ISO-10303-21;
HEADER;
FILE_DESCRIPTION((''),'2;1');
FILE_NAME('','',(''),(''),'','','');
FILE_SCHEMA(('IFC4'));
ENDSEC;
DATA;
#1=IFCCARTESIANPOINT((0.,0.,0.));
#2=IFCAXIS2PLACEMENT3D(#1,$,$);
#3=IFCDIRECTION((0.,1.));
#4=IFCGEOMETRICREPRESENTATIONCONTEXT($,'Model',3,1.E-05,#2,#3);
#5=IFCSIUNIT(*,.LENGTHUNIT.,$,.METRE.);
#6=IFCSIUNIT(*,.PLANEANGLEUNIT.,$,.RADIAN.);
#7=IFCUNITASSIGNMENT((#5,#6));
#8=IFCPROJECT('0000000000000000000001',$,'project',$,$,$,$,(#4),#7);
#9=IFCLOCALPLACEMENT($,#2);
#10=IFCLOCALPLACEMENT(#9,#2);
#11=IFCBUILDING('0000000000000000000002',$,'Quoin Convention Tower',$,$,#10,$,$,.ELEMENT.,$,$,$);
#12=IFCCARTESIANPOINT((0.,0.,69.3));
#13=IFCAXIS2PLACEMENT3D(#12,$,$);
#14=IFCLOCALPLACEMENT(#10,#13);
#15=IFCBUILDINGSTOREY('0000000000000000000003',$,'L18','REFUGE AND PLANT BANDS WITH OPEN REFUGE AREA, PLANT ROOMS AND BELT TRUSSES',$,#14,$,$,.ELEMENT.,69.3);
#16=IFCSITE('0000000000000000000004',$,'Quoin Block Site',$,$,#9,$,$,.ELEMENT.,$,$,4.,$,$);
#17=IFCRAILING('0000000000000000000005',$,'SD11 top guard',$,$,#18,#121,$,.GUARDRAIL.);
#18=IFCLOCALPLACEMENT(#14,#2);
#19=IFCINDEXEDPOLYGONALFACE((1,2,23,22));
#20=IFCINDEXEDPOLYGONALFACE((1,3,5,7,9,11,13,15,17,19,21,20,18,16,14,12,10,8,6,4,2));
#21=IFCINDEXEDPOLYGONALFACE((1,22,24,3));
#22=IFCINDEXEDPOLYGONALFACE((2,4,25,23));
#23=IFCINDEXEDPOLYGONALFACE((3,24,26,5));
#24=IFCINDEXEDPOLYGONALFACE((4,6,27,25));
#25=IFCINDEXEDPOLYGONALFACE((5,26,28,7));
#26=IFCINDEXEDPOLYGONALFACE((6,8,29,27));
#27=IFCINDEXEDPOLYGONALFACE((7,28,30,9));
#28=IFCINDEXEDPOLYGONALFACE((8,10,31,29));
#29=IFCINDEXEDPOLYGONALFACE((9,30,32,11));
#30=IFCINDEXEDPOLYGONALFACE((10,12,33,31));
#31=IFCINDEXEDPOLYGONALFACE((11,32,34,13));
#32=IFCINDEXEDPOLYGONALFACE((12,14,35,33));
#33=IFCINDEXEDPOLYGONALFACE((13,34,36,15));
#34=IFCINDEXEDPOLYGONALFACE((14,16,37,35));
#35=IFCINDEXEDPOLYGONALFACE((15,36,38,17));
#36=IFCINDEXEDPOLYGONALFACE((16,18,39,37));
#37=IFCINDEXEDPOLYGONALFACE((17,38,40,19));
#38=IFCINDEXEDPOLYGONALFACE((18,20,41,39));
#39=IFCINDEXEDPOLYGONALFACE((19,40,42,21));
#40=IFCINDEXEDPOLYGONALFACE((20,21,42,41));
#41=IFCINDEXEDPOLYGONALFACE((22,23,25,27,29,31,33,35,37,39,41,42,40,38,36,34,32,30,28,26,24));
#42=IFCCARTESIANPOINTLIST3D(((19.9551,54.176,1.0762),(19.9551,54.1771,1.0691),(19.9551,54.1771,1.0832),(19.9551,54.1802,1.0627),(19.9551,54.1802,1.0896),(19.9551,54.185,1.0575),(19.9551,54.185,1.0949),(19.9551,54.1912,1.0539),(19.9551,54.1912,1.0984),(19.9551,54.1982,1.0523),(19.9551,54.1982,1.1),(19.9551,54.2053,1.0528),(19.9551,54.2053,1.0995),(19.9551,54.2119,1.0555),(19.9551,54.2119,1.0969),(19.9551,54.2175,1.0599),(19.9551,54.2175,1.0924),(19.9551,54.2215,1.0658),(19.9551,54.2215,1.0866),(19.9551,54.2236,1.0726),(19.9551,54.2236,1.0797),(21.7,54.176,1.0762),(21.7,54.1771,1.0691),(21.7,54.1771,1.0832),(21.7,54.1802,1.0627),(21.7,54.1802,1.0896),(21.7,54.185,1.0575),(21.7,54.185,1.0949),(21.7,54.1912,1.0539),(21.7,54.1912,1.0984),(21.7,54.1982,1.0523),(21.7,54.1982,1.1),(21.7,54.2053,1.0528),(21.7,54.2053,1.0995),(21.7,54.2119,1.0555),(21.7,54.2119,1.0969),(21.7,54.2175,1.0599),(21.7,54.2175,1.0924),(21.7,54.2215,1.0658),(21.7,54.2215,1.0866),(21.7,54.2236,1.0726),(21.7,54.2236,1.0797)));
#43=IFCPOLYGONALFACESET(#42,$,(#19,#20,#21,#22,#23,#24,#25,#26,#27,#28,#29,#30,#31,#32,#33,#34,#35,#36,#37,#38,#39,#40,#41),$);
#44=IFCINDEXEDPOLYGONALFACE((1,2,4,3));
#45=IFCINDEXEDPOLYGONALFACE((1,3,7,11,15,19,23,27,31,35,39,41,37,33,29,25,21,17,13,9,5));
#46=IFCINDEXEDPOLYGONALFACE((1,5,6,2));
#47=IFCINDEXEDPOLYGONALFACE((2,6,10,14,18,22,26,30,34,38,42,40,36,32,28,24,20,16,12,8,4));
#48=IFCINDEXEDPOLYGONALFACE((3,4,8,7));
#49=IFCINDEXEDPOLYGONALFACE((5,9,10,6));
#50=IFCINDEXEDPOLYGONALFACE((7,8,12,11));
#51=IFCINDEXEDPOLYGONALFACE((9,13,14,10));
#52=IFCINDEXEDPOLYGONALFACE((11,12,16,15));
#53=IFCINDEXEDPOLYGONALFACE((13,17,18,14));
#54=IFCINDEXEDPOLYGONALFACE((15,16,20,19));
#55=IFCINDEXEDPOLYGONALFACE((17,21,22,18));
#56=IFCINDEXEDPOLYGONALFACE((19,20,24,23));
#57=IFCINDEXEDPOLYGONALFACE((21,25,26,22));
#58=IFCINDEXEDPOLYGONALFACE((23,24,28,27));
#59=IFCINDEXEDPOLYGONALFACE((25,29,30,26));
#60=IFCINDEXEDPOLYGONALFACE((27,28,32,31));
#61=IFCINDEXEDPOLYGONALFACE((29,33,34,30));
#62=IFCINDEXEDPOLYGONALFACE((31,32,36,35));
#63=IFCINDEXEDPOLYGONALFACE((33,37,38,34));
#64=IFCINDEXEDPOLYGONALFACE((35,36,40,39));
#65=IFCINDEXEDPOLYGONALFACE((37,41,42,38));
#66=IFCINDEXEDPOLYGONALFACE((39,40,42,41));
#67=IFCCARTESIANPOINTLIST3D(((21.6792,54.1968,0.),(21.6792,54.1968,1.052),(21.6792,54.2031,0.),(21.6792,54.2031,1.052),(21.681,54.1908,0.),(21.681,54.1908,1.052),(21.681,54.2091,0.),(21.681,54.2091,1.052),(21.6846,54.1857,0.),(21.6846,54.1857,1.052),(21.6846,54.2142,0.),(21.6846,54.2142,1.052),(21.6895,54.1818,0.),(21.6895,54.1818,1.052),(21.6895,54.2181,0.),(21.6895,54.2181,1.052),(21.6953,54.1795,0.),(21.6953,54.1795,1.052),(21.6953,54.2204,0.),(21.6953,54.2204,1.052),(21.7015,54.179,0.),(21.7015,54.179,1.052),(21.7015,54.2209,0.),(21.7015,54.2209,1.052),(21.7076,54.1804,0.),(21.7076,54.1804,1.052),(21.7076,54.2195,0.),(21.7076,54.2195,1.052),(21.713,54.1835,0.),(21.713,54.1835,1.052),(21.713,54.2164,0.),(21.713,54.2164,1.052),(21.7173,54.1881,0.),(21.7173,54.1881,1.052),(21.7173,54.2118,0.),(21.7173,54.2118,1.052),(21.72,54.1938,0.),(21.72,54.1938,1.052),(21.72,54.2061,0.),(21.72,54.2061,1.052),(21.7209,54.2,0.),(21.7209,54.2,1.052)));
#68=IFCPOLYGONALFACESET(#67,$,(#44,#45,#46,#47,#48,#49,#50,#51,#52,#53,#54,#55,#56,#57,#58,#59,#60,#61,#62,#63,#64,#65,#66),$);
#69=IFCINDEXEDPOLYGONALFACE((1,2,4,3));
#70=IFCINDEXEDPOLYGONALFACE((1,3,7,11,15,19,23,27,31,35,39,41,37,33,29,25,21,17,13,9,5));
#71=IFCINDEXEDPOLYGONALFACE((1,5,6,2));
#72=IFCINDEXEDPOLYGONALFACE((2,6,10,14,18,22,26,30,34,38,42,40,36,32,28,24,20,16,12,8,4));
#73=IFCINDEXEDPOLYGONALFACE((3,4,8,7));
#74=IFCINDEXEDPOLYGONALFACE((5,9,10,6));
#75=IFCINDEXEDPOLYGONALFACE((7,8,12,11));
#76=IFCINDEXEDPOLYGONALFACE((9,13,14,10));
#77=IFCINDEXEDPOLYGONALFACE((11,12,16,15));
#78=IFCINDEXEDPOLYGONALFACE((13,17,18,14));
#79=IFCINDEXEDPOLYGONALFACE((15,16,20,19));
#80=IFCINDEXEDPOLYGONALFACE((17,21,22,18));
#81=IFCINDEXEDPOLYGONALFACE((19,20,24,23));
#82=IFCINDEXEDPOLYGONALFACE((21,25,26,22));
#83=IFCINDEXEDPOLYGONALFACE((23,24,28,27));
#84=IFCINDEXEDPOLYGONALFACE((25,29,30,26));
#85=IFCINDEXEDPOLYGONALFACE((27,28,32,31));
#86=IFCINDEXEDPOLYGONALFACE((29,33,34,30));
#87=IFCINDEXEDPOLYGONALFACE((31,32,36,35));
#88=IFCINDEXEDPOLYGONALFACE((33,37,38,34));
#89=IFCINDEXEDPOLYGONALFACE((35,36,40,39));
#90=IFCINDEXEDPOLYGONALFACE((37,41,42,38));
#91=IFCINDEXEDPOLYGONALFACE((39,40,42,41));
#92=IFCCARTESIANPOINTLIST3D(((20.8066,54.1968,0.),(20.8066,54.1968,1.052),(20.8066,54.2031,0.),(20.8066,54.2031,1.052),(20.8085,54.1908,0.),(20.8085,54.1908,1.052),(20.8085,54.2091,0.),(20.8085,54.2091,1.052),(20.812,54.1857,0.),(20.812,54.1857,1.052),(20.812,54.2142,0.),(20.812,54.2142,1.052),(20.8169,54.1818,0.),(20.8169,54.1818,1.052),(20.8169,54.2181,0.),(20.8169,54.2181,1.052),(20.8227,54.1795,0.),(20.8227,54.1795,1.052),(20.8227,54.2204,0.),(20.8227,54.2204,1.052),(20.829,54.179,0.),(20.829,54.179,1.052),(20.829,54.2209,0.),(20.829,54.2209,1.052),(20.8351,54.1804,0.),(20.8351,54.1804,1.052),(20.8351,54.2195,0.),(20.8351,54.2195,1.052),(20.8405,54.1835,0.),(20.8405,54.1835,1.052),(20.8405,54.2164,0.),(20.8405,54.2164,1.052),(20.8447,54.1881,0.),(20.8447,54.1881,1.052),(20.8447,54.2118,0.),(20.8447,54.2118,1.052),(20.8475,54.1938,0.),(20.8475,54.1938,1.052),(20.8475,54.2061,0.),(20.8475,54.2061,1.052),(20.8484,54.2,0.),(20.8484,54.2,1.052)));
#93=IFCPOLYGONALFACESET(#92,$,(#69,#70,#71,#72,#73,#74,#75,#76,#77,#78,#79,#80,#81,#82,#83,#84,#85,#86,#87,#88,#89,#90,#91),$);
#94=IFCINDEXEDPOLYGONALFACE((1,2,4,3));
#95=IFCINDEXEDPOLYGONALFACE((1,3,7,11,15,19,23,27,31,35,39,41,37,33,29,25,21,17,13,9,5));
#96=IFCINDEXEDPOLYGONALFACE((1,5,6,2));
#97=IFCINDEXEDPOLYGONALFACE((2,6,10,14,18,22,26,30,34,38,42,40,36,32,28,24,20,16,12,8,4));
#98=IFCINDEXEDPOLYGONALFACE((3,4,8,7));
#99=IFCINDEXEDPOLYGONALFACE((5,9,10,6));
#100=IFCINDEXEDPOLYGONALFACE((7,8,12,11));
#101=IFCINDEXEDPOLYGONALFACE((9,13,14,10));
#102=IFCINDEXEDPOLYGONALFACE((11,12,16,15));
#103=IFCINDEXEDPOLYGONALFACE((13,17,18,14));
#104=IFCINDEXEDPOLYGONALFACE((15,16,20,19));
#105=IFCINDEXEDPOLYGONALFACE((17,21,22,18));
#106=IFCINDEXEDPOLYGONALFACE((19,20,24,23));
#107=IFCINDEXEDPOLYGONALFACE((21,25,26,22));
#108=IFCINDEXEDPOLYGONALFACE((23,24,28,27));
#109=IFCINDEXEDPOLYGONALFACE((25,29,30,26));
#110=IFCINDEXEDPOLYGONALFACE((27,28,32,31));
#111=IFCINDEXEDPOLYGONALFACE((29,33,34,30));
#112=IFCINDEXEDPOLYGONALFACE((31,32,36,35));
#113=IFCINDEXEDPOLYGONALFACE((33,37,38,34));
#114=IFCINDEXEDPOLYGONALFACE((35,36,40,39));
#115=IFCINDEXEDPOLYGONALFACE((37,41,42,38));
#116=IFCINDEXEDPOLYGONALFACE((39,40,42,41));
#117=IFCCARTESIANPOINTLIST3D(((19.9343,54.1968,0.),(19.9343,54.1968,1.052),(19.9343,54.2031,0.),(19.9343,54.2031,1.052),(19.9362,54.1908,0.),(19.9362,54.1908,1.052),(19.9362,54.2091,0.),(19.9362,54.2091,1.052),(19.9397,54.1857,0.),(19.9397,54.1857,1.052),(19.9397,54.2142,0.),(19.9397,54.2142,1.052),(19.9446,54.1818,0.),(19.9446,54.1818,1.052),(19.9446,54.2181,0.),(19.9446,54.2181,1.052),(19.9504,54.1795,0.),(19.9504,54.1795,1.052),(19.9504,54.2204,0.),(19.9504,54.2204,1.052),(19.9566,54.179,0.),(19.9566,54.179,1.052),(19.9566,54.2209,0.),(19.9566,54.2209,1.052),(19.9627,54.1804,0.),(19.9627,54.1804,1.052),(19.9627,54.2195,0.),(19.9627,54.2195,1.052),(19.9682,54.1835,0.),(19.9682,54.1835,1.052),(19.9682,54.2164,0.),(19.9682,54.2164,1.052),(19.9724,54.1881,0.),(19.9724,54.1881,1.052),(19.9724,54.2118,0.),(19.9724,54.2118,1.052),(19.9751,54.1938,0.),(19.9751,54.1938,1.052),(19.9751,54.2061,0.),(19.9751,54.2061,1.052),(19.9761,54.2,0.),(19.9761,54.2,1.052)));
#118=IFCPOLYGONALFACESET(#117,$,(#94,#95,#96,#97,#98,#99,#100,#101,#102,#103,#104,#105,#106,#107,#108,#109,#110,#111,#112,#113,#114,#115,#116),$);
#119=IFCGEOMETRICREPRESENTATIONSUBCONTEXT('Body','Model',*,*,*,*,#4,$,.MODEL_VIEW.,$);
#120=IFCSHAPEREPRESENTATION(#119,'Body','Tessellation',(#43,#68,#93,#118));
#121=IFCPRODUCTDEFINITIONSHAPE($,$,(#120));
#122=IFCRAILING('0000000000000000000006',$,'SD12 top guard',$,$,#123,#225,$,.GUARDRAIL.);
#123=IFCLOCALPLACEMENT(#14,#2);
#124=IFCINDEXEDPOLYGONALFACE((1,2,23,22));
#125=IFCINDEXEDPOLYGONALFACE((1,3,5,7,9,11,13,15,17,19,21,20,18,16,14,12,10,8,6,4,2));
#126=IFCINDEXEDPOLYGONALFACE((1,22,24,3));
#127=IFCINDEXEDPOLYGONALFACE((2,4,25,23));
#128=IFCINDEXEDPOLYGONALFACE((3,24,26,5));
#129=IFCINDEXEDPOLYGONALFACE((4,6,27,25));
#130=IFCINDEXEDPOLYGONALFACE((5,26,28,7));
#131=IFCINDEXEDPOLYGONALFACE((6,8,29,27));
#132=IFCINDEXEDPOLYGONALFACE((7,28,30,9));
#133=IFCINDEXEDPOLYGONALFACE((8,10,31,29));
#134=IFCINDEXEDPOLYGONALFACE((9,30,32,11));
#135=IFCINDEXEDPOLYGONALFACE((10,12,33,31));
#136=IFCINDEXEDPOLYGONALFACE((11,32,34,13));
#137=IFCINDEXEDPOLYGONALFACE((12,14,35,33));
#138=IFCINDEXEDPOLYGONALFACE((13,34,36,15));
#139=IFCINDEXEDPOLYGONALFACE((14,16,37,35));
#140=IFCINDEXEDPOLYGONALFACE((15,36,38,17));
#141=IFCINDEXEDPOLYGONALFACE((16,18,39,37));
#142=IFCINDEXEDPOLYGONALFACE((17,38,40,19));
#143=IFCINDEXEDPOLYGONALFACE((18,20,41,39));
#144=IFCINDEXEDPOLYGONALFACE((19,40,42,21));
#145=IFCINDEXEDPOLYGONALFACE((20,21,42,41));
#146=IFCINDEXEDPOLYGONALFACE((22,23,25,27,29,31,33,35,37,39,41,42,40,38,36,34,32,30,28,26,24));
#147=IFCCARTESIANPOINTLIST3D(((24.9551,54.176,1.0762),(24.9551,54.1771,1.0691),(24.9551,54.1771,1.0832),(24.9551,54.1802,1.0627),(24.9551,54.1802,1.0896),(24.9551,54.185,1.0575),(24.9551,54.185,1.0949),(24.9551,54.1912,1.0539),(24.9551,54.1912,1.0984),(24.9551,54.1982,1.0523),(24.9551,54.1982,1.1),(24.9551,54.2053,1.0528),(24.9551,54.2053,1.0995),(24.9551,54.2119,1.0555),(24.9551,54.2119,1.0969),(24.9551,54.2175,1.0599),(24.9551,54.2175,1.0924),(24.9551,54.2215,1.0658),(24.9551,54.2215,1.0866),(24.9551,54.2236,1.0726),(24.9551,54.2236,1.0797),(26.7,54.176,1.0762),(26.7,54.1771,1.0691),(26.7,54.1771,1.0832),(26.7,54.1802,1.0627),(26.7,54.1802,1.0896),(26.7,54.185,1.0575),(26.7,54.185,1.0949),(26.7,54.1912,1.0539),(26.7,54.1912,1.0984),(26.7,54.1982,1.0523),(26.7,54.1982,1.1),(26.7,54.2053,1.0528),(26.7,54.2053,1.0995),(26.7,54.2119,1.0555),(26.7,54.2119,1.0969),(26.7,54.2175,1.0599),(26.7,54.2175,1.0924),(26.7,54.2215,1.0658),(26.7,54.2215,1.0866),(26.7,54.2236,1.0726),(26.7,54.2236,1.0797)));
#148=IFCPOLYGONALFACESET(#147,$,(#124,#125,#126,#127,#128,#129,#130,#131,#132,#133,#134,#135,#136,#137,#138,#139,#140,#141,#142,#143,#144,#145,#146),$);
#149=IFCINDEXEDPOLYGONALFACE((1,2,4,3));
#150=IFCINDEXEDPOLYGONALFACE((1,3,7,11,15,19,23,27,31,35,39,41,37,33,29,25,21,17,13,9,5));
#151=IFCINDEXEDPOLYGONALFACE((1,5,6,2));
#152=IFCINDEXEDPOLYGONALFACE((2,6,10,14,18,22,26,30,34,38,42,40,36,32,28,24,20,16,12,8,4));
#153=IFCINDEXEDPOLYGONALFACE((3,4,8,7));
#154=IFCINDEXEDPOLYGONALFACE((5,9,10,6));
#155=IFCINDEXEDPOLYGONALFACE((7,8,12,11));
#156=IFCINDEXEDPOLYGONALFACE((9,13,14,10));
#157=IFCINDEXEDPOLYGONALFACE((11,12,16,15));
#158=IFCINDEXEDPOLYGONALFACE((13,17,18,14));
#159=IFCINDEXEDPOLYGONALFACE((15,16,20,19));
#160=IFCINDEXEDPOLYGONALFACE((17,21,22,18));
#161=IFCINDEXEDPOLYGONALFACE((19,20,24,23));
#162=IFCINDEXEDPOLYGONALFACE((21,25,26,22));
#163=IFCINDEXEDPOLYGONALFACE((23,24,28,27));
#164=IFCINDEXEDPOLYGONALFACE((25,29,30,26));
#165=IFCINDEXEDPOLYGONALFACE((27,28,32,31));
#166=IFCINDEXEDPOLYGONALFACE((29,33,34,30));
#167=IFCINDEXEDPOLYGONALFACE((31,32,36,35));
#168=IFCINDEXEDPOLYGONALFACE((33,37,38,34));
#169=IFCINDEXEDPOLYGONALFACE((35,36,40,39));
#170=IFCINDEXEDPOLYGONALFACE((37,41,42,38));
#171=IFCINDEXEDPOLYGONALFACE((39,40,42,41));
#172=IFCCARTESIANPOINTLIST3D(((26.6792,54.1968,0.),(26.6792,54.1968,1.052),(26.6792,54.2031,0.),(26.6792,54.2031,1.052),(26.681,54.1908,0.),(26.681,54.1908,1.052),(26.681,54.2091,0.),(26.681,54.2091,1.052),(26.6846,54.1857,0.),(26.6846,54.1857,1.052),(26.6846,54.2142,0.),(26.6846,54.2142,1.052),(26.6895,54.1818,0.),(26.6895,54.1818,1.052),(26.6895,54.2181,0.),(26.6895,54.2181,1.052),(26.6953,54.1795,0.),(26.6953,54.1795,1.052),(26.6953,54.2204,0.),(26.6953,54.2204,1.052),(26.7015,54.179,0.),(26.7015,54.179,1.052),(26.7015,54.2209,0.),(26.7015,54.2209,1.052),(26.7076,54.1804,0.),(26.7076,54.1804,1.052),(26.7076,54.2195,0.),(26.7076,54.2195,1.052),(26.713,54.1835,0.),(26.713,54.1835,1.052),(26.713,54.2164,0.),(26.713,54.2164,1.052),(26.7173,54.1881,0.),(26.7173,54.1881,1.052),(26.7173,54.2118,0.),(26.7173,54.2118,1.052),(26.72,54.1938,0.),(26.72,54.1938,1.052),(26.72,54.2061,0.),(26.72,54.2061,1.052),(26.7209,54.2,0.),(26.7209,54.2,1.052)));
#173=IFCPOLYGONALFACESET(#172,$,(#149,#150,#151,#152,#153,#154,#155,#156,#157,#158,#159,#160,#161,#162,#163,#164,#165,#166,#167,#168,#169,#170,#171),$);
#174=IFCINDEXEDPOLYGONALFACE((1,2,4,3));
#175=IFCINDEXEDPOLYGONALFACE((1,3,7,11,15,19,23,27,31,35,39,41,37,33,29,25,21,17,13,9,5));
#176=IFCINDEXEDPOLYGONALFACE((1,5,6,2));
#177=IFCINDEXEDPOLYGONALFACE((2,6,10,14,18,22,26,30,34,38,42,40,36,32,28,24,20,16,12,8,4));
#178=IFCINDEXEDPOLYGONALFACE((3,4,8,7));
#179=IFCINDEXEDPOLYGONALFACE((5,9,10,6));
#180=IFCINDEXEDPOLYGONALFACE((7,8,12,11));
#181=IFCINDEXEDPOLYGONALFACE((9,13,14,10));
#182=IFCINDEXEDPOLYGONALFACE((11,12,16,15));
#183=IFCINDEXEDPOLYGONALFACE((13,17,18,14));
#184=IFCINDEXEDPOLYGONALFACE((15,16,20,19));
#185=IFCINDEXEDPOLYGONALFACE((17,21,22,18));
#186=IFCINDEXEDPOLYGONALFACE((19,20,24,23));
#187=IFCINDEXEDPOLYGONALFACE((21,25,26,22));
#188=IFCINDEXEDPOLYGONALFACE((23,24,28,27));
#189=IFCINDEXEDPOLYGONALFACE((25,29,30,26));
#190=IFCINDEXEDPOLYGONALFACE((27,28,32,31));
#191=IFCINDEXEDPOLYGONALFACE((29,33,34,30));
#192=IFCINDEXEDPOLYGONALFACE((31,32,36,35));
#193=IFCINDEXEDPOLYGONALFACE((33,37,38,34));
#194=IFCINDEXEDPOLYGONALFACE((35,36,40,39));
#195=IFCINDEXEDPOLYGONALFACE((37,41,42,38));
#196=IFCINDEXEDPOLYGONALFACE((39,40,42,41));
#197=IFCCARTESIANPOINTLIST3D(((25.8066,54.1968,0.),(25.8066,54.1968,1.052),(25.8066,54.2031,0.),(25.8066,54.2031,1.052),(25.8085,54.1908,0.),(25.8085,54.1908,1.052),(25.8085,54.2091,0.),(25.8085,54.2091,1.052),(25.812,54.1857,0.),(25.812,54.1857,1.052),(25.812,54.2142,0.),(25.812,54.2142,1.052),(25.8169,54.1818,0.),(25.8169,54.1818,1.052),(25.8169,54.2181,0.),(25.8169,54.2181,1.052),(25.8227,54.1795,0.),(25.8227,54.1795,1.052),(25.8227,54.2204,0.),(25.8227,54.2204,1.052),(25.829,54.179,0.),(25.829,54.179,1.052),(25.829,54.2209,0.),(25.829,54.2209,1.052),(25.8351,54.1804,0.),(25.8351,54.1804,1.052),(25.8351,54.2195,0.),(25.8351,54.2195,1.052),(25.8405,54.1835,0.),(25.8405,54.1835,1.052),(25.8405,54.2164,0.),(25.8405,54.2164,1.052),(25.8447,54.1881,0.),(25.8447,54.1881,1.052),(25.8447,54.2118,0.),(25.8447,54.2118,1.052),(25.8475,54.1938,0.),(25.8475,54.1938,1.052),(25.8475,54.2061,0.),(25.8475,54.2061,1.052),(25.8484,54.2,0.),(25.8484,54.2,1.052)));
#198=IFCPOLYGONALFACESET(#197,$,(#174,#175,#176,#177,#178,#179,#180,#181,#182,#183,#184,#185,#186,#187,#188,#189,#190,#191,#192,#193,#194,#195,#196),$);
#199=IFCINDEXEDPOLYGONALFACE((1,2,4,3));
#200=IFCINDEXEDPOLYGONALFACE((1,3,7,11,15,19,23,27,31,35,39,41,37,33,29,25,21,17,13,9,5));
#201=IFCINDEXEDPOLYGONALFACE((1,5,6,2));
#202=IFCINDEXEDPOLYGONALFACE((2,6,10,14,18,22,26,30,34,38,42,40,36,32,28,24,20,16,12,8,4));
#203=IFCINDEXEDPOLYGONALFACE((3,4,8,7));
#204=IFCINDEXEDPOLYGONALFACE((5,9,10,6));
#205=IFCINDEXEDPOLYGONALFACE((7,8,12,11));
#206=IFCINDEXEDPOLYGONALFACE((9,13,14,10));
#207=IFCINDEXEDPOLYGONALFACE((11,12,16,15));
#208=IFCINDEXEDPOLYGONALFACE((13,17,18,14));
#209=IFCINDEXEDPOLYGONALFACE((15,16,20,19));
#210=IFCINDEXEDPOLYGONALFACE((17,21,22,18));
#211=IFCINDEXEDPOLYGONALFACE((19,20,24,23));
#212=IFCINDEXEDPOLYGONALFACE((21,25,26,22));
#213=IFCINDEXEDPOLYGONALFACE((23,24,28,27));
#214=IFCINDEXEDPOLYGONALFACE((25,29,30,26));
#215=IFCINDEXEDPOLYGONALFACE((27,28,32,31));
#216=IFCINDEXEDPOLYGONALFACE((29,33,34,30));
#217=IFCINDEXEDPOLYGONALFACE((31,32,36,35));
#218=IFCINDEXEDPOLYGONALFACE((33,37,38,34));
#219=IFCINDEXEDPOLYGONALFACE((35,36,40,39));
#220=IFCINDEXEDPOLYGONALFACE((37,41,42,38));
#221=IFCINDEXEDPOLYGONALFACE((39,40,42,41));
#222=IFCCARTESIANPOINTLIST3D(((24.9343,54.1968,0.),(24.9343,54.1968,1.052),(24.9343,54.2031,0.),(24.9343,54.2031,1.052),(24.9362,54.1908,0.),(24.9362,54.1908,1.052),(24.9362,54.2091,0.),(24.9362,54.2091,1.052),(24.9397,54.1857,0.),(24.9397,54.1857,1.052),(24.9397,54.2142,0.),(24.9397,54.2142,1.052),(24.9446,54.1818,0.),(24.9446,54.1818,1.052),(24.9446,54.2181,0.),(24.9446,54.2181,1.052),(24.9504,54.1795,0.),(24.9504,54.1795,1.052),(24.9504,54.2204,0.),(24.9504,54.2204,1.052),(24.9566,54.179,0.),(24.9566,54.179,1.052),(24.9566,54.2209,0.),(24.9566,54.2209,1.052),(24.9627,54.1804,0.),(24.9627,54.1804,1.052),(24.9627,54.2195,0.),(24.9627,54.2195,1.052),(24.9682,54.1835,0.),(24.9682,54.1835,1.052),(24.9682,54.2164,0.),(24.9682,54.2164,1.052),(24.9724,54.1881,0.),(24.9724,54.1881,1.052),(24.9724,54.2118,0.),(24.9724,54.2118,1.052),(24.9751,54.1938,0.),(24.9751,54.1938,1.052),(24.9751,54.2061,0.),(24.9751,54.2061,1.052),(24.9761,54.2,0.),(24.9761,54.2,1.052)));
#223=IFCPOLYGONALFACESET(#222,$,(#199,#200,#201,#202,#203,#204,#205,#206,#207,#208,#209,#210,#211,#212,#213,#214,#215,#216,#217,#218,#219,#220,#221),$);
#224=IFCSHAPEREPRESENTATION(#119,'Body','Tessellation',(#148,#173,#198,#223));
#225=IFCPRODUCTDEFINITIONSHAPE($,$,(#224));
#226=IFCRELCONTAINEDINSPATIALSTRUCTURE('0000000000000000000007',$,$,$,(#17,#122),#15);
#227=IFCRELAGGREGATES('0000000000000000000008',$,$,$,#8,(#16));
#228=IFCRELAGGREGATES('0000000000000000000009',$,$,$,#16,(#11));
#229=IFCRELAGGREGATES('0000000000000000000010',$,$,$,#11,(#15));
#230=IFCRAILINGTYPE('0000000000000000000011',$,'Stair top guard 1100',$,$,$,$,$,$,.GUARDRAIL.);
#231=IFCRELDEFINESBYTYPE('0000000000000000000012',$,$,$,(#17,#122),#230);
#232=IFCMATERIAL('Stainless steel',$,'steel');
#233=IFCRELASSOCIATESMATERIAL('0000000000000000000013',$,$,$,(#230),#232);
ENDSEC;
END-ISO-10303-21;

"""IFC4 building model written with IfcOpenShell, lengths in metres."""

from ifc_helpers import new_model, si_unit, direction, frame, origin, origin_2d, place, context, subcontext, project, spatial, circle, extrude, material, type_object, element, save


model = new_model("IFC4")

# Units and contexts
model_context = context("Model", 3, precision=1e-05, world=origin(), true_north=direction((0.0, 1.0)))
body_context = subcontext(model_context, "Body", "Model", "MODEL_VIEW")
ifc_project = project(units=[si_unit("LENGTHUNIT", "METRE"), si_unit("PLANEANGLEUNIT", "RADIAN")], contexts=[model_context])

# Site, building, storey
site_placement = place(None, origin())
site = spatial("IfcSite", under=ifc_project, at=site_placement, Name="Quoin Block Site", CompositionType="ELEMENT", RefElevation=4.0)
building_placement = place(site_placement, origin())
building = spatial("IfcBuilding", under=site, at=building_placement, Name="Quoin Convention Tower", CompositionType="ELEMENT")
storey_placement = place(building_placement, frame((0.0, 0.0, 69.3)))
storey = spatial("IfcBuildingStorey", under=building, at=storey_placement, Name="L18", Description="REFUGE AND PLANT BANDS WITH OPEN REFUGE AREA, PLANT ROOMS AND BELT TRUSSES", CompositionType="ELEMENT", Elevation=69.3)

# Railings
ifc_material_1 = material(Name="Stainless steel", Category="steel")
railing_type_1 = type_object("IfcRailingType", Name="Stair top guard 1100", PredefinedType="GUARDRAIL", material=ifc_material_1)
for number, where, name in (
    (1, (21.7, 54.2, 0.0), "SD11 top guard"),
    (2, (26.7, 54.2, 0.0), "SD12 top guard"),
):
    element("IfcRailing", number, at=place(storey_placement, frame(where)), inside=storey, type_object=railing_type_1, Name=name, PredefinedType="GUARDRAIL", context=body_context, shape_type="SweptSolid", body=[
        extrude(circle(Radius=0.0239, at=origin_2d()), frame((0.0, 0.0, 1.0762), z_axis=(-1.0, 0.0, 0.0), x_axis=(0.0, -1.0, 0.0)), (0.0, 0.0, 1.0), 1.7449),
        extrude(circle(Radius=0.021, at=origin_2d()), origin(), (0.0, 0.0, 1.0), 1.052),
        extrude(circle(Radius=0.021, at=origin_2d()), frame((-0.8726, 0.0, 0.0)), (0.0, 0.0, 1.0), 1.052),
        extrude(circle(Radius=0.021, at=origin_2d()), frame((-1.7449, 0.0, 0.0)), (0.0, 0.0, 1.0), 1.052),
    ])

save(model, "model.ifc")
